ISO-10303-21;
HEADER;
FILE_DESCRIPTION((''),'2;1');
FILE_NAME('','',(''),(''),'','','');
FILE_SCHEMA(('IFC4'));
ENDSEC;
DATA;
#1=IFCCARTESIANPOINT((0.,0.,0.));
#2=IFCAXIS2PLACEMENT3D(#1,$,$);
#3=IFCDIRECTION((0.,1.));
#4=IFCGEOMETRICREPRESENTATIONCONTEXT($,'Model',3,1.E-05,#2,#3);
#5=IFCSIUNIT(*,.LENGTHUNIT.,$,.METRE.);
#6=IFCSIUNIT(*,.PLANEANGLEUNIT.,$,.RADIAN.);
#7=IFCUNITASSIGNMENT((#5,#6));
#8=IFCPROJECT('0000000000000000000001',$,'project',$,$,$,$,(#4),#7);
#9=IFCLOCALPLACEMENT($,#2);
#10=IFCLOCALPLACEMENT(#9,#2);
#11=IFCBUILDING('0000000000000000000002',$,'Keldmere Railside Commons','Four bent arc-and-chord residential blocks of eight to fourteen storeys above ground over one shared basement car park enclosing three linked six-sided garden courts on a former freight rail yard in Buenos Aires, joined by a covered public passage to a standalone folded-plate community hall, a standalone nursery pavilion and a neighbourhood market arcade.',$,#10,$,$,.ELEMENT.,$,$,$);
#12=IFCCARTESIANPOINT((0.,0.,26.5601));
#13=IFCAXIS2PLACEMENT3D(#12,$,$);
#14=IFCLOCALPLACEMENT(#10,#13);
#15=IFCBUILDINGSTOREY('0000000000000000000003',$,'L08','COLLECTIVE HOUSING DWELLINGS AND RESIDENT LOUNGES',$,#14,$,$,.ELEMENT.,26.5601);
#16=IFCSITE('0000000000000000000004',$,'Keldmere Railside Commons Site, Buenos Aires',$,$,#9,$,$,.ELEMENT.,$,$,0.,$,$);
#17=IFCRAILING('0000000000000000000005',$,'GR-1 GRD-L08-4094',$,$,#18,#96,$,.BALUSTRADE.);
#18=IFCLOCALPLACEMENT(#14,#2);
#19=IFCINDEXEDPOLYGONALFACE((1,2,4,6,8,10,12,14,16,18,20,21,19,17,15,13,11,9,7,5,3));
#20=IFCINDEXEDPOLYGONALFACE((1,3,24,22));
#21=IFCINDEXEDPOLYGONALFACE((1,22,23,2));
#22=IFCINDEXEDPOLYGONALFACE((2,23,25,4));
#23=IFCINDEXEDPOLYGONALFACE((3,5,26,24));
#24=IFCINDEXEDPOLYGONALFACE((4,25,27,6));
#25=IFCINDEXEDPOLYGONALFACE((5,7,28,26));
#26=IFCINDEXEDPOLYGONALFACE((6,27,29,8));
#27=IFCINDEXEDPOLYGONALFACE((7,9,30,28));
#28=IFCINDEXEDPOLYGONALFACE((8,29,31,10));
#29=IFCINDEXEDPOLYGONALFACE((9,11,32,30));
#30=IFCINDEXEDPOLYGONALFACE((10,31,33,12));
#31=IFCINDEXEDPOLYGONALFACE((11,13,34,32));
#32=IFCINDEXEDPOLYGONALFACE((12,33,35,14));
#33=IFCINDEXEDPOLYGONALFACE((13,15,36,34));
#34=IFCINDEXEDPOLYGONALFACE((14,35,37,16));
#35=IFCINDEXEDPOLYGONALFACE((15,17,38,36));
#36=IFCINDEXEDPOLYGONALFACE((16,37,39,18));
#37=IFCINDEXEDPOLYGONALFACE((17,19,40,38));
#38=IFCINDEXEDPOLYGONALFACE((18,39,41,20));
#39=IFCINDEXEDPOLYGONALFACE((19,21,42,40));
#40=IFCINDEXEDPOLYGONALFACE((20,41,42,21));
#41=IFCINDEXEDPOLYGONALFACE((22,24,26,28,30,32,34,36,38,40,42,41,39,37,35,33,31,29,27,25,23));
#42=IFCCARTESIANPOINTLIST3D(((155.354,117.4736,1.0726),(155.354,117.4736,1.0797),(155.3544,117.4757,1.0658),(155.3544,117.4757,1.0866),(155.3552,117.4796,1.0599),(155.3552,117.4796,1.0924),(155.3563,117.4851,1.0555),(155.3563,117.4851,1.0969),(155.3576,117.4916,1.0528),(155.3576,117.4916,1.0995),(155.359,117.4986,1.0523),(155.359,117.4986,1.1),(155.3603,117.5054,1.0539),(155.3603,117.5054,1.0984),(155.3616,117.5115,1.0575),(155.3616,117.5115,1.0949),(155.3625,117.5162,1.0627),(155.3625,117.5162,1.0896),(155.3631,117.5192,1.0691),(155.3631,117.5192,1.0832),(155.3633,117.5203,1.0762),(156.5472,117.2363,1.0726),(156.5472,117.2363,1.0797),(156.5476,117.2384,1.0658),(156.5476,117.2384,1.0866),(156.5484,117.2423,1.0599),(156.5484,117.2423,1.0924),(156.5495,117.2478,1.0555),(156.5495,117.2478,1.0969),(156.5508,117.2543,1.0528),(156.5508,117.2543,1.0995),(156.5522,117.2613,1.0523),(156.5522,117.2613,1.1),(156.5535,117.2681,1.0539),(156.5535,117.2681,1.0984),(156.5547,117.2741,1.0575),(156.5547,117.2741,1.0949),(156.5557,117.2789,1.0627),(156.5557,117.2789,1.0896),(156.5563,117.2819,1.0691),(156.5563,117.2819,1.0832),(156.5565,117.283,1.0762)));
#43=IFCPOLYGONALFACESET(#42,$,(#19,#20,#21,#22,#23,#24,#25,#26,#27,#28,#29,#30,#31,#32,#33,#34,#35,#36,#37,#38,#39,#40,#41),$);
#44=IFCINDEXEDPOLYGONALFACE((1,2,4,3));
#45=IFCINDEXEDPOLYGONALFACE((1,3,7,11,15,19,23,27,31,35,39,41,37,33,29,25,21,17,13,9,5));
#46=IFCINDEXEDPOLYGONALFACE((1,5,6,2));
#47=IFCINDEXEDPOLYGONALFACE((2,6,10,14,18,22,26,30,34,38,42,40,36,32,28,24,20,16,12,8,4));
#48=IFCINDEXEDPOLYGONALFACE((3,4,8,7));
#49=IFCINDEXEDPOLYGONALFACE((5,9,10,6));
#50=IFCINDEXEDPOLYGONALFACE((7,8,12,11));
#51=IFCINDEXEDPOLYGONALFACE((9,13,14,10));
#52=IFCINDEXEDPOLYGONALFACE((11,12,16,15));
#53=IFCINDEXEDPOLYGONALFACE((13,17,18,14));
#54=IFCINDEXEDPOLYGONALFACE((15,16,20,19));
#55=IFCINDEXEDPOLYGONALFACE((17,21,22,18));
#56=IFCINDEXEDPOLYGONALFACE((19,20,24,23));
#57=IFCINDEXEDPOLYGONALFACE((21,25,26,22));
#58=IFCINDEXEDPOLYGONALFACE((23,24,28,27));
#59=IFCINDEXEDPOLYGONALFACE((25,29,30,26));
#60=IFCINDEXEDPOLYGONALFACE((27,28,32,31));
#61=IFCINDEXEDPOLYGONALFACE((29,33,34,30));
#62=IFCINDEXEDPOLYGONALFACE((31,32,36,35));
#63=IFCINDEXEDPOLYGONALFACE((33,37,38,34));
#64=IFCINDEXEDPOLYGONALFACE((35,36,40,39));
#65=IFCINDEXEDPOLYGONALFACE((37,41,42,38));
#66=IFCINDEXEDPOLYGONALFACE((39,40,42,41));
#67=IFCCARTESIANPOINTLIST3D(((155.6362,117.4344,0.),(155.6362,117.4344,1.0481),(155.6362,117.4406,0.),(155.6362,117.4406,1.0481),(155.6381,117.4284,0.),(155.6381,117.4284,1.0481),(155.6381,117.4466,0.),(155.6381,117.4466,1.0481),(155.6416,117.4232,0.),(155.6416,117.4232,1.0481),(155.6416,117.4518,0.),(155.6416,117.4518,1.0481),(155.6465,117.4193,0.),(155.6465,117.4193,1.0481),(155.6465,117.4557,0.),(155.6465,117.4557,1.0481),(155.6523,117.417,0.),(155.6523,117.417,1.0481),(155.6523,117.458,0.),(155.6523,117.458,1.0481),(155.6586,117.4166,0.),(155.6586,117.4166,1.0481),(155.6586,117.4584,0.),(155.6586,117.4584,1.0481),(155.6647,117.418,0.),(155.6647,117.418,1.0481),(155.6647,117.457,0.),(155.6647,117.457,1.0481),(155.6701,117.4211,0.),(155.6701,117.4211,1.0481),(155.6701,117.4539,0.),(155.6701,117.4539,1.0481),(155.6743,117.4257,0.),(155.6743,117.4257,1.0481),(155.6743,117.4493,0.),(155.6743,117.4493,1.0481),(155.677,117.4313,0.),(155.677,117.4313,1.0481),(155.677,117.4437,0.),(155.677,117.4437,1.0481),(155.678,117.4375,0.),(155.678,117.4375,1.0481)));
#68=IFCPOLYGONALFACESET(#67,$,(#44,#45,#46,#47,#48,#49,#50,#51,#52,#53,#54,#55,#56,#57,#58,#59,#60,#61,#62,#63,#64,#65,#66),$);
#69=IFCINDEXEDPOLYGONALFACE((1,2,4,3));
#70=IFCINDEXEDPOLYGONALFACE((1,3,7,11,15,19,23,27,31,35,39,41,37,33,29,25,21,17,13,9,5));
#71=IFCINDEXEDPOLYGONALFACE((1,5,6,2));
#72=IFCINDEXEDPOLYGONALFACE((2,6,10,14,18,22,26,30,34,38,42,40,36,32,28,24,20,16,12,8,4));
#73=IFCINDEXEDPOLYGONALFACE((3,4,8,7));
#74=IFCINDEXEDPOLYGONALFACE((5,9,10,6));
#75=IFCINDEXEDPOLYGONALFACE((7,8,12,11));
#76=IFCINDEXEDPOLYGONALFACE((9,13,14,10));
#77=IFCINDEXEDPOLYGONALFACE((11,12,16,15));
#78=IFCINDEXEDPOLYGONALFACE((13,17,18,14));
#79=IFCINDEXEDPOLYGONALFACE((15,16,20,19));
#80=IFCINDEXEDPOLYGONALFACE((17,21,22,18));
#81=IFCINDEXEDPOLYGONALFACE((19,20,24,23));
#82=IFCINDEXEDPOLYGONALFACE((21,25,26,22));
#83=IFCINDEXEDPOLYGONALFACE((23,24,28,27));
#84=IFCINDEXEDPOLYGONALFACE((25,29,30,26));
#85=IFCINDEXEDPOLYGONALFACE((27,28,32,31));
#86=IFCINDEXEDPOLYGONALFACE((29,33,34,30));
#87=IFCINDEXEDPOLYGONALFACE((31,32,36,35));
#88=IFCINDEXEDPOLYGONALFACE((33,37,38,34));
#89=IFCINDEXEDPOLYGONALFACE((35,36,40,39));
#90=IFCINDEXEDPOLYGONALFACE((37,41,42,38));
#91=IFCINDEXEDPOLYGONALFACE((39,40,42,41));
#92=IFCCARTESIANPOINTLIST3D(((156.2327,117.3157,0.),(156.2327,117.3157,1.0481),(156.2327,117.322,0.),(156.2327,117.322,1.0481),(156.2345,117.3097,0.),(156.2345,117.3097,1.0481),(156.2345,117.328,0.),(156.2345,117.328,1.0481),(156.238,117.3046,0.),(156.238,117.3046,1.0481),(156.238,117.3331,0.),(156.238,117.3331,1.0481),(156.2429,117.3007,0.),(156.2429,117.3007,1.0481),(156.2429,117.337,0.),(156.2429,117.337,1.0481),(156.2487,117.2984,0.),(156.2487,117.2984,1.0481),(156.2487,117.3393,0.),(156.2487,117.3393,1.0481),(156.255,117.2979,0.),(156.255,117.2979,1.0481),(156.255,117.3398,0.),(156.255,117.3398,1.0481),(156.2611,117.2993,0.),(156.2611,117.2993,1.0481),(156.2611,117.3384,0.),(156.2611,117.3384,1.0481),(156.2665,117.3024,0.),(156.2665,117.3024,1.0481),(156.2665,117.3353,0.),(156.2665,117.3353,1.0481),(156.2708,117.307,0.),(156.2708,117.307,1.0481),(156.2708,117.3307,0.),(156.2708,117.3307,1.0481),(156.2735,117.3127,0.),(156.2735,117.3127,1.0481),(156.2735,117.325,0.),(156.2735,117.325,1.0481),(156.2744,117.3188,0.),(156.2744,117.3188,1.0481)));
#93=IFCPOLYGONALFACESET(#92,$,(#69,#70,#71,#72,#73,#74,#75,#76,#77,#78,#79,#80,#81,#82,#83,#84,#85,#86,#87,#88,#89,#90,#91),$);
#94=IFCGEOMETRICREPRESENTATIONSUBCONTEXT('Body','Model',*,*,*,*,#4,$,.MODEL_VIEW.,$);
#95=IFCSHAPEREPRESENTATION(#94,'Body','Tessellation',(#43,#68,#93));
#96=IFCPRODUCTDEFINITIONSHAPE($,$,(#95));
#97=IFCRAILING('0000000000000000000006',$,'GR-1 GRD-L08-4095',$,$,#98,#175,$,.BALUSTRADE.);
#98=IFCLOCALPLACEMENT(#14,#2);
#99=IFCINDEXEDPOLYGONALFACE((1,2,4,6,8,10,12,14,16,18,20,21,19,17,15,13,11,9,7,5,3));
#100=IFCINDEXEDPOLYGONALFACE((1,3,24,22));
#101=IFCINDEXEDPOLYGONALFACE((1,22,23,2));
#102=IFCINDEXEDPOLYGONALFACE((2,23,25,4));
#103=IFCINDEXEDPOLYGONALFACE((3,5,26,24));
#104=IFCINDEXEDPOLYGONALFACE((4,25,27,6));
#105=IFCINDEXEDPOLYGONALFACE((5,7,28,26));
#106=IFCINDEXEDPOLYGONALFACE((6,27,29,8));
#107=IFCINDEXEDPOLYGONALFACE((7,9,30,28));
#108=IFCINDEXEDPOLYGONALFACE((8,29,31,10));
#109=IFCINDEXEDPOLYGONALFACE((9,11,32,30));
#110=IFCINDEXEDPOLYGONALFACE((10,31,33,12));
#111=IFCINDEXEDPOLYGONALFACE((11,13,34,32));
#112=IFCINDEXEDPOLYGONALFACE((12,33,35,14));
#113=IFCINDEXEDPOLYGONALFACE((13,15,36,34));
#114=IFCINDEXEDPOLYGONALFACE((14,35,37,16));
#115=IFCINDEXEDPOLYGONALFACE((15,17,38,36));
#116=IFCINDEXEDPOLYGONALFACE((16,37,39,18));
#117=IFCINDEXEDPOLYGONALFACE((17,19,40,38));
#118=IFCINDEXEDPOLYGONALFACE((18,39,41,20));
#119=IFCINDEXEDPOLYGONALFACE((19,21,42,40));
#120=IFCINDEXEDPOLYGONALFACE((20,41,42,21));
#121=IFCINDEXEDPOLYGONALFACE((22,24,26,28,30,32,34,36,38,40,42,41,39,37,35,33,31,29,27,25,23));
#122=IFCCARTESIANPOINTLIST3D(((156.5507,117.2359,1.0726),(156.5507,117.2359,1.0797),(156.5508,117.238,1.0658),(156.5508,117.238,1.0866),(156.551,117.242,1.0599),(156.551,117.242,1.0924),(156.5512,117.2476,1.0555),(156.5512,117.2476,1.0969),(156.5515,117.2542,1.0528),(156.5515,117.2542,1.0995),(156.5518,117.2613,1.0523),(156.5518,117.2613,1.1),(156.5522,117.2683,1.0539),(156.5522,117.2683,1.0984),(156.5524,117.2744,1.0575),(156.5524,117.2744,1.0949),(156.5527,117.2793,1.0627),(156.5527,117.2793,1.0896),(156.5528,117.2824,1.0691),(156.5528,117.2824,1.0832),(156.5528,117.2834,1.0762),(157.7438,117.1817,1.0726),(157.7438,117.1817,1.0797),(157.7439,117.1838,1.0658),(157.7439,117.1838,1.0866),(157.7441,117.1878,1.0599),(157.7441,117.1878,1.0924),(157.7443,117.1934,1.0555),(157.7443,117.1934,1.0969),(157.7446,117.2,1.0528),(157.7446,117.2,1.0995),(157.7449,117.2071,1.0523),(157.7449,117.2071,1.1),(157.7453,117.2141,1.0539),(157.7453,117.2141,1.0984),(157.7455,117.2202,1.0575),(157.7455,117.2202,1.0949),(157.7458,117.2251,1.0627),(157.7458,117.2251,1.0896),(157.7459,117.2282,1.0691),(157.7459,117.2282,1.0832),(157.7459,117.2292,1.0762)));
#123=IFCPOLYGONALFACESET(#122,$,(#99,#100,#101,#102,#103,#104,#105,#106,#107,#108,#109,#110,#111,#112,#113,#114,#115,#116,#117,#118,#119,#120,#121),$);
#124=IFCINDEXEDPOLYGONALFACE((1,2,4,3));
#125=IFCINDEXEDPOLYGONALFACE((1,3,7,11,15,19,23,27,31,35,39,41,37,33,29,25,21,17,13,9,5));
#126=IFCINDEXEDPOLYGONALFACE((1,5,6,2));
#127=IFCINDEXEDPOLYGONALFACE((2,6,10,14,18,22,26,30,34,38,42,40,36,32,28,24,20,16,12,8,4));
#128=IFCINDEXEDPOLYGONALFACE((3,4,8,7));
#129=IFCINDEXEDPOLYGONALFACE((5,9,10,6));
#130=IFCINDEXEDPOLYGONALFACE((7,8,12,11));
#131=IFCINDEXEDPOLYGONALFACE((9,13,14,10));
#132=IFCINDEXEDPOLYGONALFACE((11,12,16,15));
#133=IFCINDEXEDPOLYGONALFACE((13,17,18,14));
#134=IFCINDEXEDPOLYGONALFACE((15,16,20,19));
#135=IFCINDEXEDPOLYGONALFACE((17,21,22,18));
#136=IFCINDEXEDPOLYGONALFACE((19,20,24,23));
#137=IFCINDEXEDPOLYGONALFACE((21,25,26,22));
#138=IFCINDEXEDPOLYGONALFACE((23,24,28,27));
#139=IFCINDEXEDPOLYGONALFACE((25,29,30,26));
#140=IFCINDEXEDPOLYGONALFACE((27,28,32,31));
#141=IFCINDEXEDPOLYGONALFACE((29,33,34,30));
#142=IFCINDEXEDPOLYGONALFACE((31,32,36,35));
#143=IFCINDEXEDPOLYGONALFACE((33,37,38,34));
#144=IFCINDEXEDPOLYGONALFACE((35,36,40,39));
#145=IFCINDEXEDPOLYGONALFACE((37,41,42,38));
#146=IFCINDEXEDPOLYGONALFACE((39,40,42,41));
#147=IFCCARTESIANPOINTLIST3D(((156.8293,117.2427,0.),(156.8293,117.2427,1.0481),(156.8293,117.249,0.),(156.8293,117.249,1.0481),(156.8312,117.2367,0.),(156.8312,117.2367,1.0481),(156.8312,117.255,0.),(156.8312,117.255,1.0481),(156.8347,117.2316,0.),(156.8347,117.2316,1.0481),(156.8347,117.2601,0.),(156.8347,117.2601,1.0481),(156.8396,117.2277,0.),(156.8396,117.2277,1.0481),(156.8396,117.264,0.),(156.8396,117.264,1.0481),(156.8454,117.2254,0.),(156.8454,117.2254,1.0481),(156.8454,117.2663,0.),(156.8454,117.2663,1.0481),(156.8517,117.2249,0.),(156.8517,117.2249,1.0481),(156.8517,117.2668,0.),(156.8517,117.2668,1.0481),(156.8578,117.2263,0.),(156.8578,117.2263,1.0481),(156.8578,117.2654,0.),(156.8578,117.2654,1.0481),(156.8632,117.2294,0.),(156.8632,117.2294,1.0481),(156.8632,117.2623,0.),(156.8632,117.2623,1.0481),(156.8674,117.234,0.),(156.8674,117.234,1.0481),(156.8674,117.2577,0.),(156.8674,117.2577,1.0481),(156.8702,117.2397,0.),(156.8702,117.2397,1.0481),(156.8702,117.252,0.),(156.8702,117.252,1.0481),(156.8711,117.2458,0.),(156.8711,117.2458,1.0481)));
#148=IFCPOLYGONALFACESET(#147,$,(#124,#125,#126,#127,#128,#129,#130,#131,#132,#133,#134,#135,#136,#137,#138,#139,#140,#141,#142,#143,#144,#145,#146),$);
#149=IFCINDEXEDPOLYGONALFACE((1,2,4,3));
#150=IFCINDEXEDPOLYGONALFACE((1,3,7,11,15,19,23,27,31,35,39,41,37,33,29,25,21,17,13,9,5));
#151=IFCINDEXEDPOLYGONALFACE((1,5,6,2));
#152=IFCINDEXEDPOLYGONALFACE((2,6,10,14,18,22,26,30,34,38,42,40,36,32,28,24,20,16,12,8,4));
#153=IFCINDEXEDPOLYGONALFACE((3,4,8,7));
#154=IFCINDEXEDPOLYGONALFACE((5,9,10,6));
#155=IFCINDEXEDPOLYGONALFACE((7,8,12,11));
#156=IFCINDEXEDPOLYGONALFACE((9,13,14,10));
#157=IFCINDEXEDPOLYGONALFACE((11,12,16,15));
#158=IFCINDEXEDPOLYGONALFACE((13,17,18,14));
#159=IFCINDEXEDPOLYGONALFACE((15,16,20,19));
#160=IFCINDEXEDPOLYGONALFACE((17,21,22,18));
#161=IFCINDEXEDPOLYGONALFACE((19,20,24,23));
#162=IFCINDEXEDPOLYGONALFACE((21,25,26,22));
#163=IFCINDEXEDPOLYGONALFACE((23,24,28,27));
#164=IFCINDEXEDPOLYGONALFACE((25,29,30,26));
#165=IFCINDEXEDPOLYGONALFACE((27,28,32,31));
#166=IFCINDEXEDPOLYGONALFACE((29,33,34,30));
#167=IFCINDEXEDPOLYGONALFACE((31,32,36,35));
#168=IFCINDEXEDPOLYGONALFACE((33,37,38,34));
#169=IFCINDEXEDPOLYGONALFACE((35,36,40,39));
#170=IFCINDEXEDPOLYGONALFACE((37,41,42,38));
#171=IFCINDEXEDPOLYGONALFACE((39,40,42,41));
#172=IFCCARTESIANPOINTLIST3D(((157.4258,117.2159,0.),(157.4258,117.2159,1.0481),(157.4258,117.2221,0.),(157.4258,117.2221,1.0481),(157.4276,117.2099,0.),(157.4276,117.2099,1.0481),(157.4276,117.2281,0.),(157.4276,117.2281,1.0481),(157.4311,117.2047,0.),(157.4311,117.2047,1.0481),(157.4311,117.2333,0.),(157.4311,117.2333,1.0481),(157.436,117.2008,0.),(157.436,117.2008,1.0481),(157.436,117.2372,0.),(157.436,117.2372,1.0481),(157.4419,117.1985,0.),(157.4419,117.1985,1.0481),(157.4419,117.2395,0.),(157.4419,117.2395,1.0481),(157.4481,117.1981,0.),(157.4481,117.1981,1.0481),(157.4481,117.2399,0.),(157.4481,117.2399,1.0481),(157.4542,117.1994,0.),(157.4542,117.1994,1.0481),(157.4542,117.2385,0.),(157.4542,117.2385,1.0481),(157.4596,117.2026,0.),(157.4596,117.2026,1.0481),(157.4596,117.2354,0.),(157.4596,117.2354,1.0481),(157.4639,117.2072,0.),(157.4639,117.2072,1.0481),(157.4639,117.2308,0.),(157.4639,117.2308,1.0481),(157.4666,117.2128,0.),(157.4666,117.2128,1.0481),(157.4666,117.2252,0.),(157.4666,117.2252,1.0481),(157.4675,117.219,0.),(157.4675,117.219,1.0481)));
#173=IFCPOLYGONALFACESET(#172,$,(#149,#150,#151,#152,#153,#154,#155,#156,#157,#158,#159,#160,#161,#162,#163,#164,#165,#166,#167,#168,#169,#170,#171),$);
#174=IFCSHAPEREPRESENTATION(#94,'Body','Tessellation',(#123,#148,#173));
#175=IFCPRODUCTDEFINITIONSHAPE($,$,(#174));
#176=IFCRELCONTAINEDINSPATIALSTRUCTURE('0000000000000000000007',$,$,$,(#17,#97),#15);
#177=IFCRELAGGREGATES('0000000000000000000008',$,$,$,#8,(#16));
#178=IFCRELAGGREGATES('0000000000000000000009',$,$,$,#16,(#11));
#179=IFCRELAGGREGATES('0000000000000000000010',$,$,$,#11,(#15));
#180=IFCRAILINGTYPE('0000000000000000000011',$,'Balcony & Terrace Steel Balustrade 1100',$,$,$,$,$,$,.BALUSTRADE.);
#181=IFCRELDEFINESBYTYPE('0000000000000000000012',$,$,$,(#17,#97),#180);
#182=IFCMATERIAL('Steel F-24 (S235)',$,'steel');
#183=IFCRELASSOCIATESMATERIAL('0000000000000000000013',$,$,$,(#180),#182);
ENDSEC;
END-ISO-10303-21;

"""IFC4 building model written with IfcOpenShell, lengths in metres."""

from ifc_helpers import new_model, si_unit, direction, frame, origin, origin_2d, place, context, subcontext, project, spatial, circle, extrude, material, type_object, element, save


model = new_model("IFC4")

# Units and contexts
model_context = context("Model", 3, precision=1e-05, world=origin(), true_north=direction((0.0, 1.0)))
body_context = subcontext(model_context, "Body", "Model", "MODEL_VIEW")
ifc_project = project(units=[si_unit("LENGTHUNIT", "METRE"), si_unit("PLANEANGLEUNIT", "RADIAN")], contexts=[model_context])

# Site, building, storey
site_placement = place(None, origin())
site = spatial("IfcSite", under=ifc_project, at=site_placement, Name="Keldmere Railside Commons Site, Buenos Aires", CompositionType="ELEMENT", RefElevation=0.0)
building_placement = place(site_placement, origin())
building = spatial("IfcBuilding", under=site, at=building_placement, Name="Keldmere Railside Commons", Description="Four bent arc-and-chord residential blocks of eight to fourteen storeys above ground over one shared basement car park enclosing three linked six-sided garden courts on a former freight rail yard in Buenos Aires, joined by a covered public passage to a standalone folded-plate community hall, a standalone nursery pavilion and a neighbourhood market arcade.", CompositionType="ELEMENT")
storey_placement = place(building_placement, frame((0.0, 0.0, 26.5601)))
storey = spatial("IfcBuildingStorey", under=building, at=storey_placement, Name="L08", Description="COLLECTIVE HOUSING DWELLINGS AND RESIDENT LOUNGES", CompositionType="ELEMENT", Elevation=26.5601)

# Railings
ifc_material_1 = material(Name="Steel F-24 (S235)", Category="steel")
railing_type = type_object("IfcRailingType", Name="Balcony & Terrace Steel Balustrade 1100", PredefinedType="BALUSTRADE", material=ifc_material_1)
railing_1_placement = place(storey_placement, frame((155.3586, 117.4968, 0.0)))
element("IfcRailing", 1, at=railing_1_placement, inside=storey, type_object=railing_type, Name="GR-1 GRD-L08-4094", PredefinedType="BALUSTRADE", context=body_context, shape_type="SweptSolid", body=[
    extrude(circle(Radius=0.0239, at=origin_2d()), frame((0.0, 0.0, 1.0762), z_axis=(0.980789, -0.195074, 0.0), x_axis=(0.195074, 0.980789, 0.0)), (0.0, 0.0, 1.0), 1.2166),
    extrude(circle(Radius=0.021, at=origin_2d()), frame((0.2983, -0.0593, 0.0)), (0.0, 0.0, 1.0), 1.0481),
    extrude(circle(Radius=0.021, at=origin_2d()), frame((0.8948, -0.178, 0.0)), (0.0, 0.0, 1.0), 1.0481),
])
railing_2_placement = place(storey_placement, frame((156.5518, 117.2595, 0.0)))
element("IfcRailing", 2, at=railing_2_placement, inside=storey, type_object=railing_type, Name="GR-1 GRD-L08-4095", PredefinedType="BALUSTRADE", context=body_context, shape_type="SweptSolid", body=[
    extrude(circle(Radius=0.0239, at=origin_2d()), frame((0.0, 0.0, 1.0762), z_axis=(0.99897, -0.04538, 0.0), x_axis=(0.04538, 0.99897, 0.0)), (0.0, 0.0, 1.0), 1.1943),
    extrude(circle(Radius=0.021, at=origin_2d()), frame((0.2983, -0.0137, 0.0)), (0.0, 0.0, 1.0), 1.0481),
    extrude(circle(Radius=0.021, at=origin_2d()), frame((0.8948, -0.0405, 0.0)), (0.0, 0.0, 1.0), 1.0481),
])

save(model, "model.ifc")
